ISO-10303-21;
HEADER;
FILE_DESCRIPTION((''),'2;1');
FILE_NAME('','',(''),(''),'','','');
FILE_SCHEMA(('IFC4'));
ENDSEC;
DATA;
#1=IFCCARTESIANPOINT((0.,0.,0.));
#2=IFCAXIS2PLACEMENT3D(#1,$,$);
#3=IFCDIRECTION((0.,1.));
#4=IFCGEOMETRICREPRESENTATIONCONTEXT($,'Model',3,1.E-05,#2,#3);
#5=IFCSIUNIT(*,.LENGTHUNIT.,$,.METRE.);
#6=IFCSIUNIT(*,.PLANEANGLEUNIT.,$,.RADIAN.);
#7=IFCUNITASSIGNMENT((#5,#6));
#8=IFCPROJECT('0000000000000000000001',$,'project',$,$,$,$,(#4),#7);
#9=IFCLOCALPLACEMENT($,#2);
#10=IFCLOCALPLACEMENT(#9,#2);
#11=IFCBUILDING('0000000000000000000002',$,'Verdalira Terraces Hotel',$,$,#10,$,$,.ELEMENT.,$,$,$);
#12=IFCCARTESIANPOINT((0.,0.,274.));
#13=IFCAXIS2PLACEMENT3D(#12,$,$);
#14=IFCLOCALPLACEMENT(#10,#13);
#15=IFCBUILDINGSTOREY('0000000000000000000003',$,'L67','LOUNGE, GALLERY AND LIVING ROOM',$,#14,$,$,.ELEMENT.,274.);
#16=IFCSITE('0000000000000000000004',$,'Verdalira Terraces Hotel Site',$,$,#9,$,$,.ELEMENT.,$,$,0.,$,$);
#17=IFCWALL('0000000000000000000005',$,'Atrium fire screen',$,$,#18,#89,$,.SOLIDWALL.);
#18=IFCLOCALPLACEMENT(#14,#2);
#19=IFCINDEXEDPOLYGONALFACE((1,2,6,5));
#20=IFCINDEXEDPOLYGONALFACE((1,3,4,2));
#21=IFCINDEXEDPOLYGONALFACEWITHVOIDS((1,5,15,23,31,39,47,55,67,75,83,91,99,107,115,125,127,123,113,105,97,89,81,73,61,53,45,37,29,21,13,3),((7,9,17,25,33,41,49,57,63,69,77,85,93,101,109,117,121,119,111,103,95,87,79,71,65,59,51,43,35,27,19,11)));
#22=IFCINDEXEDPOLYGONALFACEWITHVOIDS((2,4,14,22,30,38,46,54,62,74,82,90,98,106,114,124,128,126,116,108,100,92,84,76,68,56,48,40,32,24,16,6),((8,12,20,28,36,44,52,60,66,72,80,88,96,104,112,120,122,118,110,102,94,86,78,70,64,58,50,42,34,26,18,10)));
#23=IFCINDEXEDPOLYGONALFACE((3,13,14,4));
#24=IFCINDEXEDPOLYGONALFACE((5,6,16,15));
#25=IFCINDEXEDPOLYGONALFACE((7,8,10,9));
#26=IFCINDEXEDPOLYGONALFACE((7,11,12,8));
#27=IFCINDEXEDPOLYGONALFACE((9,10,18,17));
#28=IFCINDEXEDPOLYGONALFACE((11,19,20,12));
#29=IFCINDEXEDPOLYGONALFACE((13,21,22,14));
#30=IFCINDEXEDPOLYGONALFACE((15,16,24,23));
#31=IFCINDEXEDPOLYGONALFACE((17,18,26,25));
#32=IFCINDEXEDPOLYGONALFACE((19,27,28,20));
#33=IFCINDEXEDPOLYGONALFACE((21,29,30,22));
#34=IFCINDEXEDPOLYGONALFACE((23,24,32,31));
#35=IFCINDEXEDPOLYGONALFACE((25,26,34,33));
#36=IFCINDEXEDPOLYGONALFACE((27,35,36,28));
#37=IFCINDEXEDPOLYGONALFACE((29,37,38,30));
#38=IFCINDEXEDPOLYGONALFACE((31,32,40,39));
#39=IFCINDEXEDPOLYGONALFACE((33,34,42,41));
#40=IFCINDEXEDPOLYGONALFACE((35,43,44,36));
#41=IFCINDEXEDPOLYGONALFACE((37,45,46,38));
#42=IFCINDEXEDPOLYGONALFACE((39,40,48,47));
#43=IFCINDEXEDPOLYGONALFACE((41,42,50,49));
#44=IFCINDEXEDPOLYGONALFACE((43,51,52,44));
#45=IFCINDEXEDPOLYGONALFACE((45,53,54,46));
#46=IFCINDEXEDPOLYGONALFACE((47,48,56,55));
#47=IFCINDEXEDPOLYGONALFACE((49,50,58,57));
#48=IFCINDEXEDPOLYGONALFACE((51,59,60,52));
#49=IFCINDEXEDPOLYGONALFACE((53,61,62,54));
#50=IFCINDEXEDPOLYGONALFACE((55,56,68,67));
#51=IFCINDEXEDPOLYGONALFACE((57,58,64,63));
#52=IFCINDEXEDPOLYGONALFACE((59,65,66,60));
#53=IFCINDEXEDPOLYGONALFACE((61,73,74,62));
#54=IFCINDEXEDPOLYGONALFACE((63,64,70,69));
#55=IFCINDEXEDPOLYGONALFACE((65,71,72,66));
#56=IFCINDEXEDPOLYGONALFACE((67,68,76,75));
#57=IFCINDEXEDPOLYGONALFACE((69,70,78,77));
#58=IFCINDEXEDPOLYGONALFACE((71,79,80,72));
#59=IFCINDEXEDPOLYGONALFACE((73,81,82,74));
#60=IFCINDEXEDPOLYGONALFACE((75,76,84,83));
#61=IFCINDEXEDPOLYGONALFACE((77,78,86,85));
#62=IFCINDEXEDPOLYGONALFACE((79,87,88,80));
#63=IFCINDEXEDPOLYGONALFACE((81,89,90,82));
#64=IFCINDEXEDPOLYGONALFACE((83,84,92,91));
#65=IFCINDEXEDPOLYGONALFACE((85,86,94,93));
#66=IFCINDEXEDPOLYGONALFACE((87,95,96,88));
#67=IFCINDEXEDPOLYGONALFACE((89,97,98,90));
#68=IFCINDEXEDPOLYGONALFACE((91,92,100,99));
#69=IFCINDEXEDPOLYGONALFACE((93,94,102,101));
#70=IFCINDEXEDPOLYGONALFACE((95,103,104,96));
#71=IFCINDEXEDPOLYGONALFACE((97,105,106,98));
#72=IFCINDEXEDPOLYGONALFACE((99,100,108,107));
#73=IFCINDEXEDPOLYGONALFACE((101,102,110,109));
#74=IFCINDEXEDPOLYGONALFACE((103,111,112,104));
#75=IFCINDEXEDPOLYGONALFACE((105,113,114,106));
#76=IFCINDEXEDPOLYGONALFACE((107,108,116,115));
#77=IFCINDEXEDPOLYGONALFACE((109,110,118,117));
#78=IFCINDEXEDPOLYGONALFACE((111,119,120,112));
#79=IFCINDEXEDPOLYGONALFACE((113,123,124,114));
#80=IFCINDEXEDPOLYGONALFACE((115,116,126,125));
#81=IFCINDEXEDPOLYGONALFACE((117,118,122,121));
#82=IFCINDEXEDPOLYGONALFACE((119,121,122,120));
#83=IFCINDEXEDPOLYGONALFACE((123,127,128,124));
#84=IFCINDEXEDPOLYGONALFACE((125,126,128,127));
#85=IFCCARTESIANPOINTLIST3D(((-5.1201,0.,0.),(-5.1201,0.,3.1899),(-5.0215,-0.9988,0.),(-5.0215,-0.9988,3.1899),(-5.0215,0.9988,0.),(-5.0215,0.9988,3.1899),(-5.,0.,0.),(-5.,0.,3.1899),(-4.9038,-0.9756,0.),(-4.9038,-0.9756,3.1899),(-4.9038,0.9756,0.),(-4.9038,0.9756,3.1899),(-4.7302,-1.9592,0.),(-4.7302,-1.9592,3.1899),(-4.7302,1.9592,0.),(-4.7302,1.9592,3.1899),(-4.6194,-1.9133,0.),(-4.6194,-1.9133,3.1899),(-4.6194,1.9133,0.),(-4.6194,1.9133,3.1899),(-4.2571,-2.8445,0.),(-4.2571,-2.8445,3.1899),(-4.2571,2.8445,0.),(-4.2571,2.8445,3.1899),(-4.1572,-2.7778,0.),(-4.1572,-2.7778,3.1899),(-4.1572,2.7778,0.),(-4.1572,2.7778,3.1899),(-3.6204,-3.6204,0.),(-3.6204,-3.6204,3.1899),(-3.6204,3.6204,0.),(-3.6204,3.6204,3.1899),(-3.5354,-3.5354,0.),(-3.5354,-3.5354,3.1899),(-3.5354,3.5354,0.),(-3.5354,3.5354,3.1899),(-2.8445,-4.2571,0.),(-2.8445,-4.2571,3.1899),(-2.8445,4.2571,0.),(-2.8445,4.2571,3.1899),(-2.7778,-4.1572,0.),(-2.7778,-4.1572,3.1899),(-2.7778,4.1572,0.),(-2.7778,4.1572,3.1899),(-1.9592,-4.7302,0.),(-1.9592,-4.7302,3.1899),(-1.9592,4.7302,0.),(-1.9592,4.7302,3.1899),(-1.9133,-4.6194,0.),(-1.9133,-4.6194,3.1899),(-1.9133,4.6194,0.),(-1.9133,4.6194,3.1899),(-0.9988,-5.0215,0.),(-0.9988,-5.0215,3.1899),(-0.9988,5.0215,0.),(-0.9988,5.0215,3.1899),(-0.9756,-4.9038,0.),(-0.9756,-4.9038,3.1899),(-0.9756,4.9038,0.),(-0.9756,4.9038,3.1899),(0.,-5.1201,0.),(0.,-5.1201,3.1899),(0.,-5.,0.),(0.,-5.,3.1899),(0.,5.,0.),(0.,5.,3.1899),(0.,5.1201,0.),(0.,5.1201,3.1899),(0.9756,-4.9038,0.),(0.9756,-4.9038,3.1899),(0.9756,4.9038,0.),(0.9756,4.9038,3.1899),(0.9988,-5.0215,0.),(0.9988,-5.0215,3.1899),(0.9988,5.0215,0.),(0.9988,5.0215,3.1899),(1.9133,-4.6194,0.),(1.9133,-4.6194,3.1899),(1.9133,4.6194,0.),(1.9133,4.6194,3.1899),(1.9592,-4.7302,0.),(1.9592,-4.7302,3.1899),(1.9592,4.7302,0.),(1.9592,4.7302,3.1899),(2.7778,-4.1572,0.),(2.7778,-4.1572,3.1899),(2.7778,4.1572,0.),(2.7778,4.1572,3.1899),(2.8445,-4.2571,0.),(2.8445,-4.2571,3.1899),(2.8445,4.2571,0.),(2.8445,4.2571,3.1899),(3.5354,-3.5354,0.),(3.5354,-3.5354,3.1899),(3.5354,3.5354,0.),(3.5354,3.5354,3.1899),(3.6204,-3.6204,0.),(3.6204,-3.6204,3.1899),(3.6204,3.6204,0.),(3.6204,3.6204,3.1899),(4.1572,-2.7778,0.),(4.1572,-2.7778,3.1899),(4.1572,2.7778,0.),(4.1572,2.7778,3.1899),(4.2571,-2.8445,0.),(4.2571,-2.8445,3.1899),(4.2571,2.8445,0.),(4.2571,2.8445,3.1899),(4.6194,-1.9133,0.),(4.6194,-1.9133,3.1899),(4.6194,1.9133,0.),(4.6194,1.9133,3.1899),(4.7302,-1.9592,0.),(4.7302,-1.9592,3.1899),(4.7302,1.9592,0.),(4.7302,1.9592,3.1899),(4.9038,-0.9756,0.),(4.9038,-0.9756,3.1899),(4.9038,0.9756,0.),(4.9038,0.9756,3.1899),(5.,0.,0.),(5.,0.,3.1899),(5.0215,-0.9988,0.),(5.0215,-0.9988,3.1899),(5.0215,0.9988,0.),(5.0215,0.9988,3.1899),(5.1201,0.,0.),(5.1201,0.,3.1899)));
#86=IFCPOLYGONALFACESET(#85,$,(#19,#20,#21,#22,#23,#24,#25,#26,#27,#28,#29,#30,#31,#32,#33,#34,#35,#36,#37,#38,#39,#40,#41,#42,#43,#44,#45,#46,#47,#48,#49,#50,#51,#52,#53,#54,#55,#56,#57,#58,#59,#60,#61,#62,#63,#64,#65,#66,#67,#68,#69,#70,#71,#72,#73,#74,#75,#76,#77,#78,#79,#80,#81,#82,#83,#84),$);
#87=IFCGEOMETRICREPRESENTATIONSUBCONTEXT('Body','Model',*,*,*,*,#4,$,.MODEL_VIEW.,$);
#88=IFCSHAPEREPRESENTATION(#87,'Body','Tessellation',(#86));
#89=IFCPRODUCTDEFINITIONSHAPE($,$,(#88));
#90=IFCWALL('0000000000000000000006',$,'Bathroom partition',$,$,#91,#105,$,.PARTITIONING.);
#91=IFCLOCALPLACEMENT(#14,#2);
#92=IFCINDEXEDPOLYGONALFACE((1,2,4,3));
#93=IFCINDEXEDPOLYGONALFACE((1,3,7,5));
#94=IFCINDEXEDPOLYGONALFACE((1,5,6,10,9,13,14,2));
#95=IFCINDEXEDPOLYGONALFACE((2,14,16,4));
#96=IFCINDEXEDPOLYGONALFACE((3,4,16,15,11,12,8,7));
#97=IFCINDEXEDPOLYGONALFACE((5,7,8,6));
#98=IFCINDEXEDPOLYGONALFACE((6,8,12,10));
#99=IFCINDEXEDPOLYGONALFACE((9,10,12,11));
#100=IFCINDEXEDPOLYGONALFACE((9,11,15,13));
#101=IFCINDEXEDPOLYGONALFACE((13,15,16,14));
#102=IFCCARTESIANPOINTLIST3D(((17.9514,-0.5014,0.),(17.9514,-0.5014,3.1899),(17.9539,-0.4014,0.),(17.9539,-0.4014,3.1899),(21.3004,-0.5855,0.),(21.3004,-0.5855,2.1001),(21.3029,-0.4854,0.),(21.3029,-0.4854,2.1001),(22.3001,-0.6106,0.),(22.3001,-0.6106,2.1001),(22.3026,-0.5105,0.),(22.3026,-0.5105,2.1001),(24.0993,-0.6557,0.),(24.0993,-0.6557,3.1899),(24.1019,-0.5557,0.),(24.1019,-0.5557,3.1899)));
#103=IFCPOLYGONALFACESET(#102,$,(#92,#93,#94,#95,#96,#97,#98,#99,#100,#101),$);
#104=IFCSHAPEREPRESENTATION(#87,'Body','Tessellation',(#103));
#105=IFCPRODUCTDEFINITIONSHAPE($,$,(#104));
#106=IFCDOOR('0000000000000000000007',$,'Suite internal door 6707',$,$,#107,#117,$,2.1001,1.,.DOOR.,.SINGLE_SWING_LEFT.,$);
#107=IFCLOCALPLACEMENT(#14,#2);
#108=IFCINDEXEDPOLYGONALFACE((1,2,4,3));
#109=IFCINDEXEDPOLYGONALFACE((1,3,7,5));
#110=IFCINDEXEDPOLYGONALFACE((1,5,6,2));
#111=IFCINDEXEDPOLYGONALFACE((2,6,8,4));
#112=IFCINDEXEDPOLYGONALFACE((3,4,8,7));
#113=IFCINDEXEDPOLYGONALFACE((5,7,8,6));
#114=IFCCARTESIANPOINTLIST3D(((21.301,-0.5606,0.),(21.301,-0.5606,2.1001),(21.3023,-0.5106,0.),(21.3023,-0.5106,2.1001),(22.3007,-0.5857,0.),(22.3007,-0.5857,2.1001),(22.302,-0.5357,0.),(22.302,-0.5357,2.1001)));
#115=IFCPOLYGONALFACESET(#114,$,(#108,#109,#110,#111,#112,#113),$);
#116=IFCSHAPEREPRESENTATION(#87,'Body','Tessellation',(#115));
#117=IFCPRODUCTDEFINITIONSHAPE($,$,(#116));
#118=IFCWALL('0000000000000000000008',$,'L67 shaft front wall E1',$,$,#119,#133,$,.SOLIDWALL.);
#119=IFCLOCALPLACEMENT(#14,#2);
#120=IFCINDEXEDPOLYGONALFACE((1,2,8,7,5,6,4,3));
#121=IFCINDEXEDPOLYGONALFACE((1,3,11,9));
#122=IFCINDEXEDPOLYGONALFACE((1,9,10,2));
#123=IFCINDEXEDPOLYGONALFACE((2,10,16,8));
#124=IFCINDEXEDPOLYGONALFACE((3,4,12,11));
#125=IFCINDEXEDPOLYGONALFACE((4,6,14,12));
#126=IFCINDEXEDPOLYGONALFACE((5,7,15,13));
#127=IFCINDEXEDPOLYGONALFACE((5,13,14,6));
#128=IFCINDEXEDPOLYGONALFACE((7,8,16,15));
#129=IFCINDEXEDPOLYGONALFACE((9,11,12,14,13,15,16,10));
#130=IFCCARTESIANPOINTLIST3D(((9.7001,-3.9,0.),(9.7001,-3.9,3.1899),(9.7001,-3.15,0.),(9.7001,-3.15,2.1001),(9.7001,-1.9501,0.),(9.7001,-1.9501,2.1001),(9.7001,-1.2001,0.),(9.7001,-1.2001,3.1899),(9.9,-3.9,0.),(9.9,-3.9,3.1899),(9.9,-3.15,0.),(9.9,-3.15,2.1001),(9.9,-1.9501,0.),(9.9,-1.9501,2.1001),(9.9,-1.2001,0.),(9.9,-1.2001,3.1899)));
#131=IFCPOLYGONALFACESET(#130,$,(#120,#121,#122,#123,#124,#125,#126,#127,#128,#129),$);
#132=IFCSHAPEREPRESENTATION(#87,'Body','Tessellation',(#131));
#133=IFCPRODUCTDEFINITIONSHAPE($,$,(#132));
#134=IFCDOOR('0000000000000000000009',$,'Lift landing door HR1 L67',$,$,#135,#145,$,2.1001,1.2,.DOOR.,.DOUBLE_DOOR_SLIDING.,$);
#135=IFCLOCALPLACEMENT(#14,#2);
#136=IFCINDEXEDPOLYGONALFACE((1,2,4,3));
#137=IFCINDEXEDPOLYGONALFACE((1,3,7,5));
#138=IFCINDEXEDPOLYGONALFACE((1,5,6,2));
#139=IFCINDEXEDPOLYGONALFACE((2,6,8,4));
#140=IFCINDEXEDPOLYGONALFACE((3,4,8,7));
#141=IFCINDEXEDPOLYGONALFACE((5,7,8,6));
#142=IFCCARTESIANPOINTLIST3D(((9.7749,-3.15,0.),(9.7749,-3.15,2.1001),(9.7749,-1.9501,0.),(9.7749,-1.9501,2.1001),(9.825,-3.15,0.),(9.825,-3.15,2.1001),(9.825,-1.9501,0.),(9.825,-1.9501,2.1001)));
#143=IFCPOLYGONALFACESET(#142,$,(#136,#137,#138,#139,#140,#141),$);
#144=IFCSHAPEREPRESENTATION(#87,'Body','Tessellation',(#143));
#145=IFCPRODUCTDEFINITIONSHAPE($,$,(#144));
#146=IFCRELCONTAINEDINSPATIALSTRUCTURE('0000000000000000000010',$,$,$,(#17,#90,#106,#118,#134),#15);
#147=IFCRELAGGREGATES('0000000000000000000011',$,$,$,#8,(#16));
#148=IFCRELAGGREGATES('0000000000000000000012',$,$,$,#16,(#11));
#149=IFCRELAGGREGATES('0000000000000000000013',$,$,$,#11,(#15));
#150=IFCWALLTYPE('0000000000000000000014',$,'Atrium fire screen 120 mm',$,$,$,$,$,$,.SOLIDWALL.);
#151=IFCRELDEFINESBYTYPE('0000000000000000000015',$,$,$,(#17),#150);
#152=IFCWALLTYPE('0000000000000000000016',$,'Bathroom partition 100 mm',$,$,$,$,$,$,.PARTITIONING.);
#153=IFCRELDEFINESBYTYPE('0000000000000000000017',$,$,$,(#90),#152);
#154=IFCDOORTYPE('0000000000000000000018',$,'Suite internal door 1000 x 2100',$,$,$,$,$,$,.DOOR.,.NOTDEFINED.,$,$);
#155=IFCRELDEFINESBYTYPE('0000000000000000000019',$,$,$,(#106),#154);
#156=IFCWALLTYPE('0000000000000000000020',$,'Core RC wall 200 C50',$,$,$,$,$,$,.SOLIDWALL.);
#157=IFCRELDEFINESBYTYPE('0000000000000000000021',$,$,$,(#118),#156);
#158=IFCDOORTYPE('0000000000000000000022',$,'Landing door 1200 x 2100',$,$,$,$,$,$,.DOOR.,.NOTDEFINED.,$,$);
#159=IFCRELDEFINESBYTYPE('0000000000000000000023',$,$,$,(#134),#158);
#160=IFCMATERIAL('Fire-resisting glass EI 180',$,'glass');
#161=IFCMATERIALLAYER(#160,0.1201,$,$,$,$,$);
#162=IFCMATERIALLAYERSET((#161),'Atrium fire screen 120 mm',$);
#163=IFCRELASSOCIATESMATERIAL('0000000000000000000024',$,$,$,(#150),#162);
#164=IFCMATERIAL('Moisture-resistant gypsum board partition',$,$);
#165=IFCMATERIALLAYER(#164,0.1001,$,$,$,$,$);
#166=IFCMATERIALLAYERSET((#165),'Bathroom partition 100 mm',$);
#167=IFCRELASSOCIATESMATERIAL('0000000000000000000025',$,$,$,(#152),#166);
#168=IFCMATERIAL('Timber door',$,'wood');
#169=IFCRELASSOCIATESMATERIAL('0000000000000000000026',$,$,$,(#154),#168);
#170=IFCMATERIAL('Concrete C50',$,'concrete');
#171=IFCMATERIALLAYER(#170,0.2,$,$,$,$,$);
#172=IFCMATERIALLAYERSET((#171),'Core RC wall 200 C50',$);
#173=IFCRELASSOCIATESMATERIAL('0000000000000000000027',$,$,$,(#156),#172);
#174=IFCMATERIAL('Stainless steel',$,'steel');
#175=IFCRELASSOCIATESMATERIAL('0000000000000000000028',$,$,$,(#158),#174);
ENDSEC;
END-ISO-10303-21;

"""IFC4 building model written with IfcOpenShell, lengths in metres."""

from ifc_helpers import new_model, si_unit, direction, frame, frame_2d, origin, place, context, subcontext, project, spatial, polyline, rectangle, outline, extrude, material, layer, layer_set, type_object, element, fill, save


model = new_model("IFC4")

# Units and contexts
model_context = context("Model", 3, precision=1e-05, world=origin(), true_north=direction((0.0, 1.0)))
body_context = subcontext(model_context, "Body", "Model", "MODEL_VIEW")
ifc_project = project(units=[si_unit("LENGTHUNIT", "METRE"), si_unit("PLANEANGLEUNIT", "RADIAN")], contexts=[model_context])

# Site, building, storey
site_placement = place(None, origin())
site = spatial("IfcSite", under=ifc_project, at=site_placement, Name="Verdalira Terraces Hotel Site", CompositionType="ELEMENT", RefElevation=0.0)
building_placement = place(site_placement, origin())
building = spatial("IfcBuilding", under=site, at=building_placement, Name="Verdalira Terraces Hotel", CompositionType="ELEMENT")
storey_placement = place(building_placement, frame((0.0, 0.0, 274.0)))
storey = spatial("IfcBuildingStorey", under=building, at=storey_placement, Name="L67", Description="LOUNGE, GALLERY AND LIVING ROOM", CompositionType="ELEMENT", Elevation=274.0)

# Wall
ifc_material_1 = material(Name="Fire-resisting glass EI 180", Category="glass")
ifc_layer_1 = layer(ifc_material_1, 0.1201)
ifc_layer_set_1 = layer_set([ifc_layer_1], Name="Atrium fire screen 120 mm")
wall_type_1 = type_object("IfcWallType", Name="Atrium fire screen 120 mm", PredefinedType="SOLIDWALL", material=ifc_layer_set_1)
wall_1_placement = place(storey_placement, origin())
element("IfcWall", 1, at=wall_1_placement, inside=storey, type_object=wall_type_1, Name="Atrium fire screen", PredefinedType="SOLIDWALL", context=body_context, shape_type="SweptSolid", body=[
    extrude(outline(polyline([(5.0215, -0.9988), (4.7302, -1.9592), (4.2571, -2.8445), (3.6204, -3.6204), (2.8445, -4.2571), (1.9592, -4.7302), (0.9988, -5.0215), (0.0, -5.1201), (-0.9988, -5.0215), (-1.9592, -4.7302), (-2.8445, -4.2571), (-3.6204, -3.6204), (-4.2571, -2.8445), (-4.7302, -1.9592), (-5.0215, -0.9988), (-5.1201, 0.0), (-5.0215, 0.9988), (-4.7302, 1.9592), (-4.2571, 2.8445), (-3.6204, 3.6204), (-2.8445, 4.2571), (-1.9592, 4.7302), (-0.9988, 5.0215), (0.0, 5.1201), (0.9988, 5.0215), (1.9592, 4.7302), (2.8445, 4.2571), (3.6204, 3.6204), (4.2571, 2.8445), (4.7302, 1.9592), (5.0215, 0.9988), (5.1201, 0.0), (5.0215, -0.9988)]), holes=[polyline([(4.9038, 0.9756), (4.6194, 1.9133), (4.1572, 2.7778), (3.5354, 3.5354), (2.7778, 4.1572), (1.9133, 4.6194), (0.9756, 4.9038), (0.0, 5.0), (-0.9756, 4.9038), (-1.9133, 4.6194), (-2.7778, 4.1572), (-3.5354, 3.5354), (-4.1572, 2.7778), (-4.6194, 1.9133), (-4.9038, 0.9756), (-5.0, 0.0), (-4.9038, -0.9756), (-4.6194, -1.9133), (-4.1572, -2.7778), (-3.5354, -3.5354), (-2.7778, -4.1572), (-1.9133, -4.6194), (-0.9756, -4.9038), (0.0, -5.0), (0.9756, -4.9038), (1.9133, -4.6194), (2.7778, -4.1572), (3.5354, -3.5354), (4.1572, -2.7778), (4.6194, -1.9133), (4.9038, -0.9756), (5.0, 0.0), (4.9038, 0.9756)])]), origin(), (0.0, 0.0, 1.0), 3.1899),
])

# Walls, openings, doors
ifc_material_2 = material(Name="Moisture-resistant gypsum board partition")
ifc_layer_2 = layer(ifc_material_2, 0.1001)
ifc_layer_set_2 = layer_set([ifc_layer_2], Name="Bathroom partition 100 mm")
wall_type_2 = type_object("IfcWallType", Name="Bathroom partition 100 mm", PredefinedType="PARTITIONING", material=ifc_layer_set_2)
wall_2_placement = place(storey_placement, frame((17.9526, -0.4514, 0.0), z_axis=(0.0, 0.0, 1.0), x_axis=(0.999685, -0.025089, 0.0)))
wall_2 = element("IfcWall", 2, at=wall_2_placement, inside=storey, type_object=wall_type_2, Name="Bathroom partition", PredefinedType="PARTITIONING", context=body_context, shape_type="SweptSolid", body=[
    extrude(rectangle(XDim=6.1499, YDim=0.1001, at=frame_2d((3.075, 0.0))), origin(), (0.0, 0.0, 1.0), 3.1899),
])
opening_1_placement = place(wall_2_placement, frame((3.3501, 0.0, 0.0)))
opening_1 = element("IfcOpeningElement", 3, at=opening_1_placement, cuts=wall_2, PredefinedType="OPENING", context=body_context, shape_type="SweptSolid", body=[
    extrude(rectangle(XDim=1.0, YDim=2.1001, at=frame_2d((0.5, 1.05))), frame((0.0, 0.0601, 0.0), z_axis=(0.0, -1.0, 0.0), x_axis=(1.0, 0.0, 0.0)), (0.0, 0.0, 1.0), 0.1201),
])
ifc_material_3 = material(Name="Timber door", Category="wood")
door_type_1 = type_object("IfcDoorType", Name="Suite internal door 1000 x 2100", OperationType="NOTDEFINED", PredefinedType="DOOR", material=ifc_material_3)
door_1_placement = place(opening_1_placement, origin())
door_1 = element("IfcDoor", 4, at=door_1_placement, inside=storey, type_object=door_type_1, Name="Suite internal door 6707", OperationType="SINGLE_SWING_LEFT", OverallHeight=2.1001, OverallWidth=1.0, PredefinedType="DOOR", context=body_context, shape_type="SweptSolid", body=[
    extrude(rectangle(XDim=1.0, YDim=2.1001, at=frame_2d((0.5, 1.05))), frame((0.0, 0.0249, 0.0), z_axis=(0.0, -1.0, 0.0), x_axis=(1.0, 0.0, 0.0)), (0.0, 0.0, 1.0), 0.05),
])
fill(opening_1, door_1)
ifc_material_4 = material(Name="Concrete C50", Category="concrete")
ifc_layer_3 = layer(ifc_material_4, 0.2)
ifc_layer_set_3 = layer_set([ifc_layer_3], Name="Core RC wall 200 C50")
wall_type_3 = type_object("IfcWallType", Name="Core RC wall 200 C50", PredefinedType="SOLIDWALL", material=ifc_layer_set_3)
wall_3_placement = place(storey_placement, frame((9.8, -1.2, 0.0), z_axis=(0.0, 0.0, 1.0), x_axis=(0.0, -1.0, 0.0)))
wall_3 = element("IfcWall", 5, at=wall_3_placement, inside=storey, type_object=wall_type_3, Name="L67 shaft front wall E1", PredefinedType="SOLIDWALL", context=body_context, shape_type="SweptSolid", body=[
    extrude(rectangle(XDim=2.7, YDim=0.2, at=frame_2d((1.3501, 0.0))), origin(), (0.0, 0.0, 1.0), 3.1899),
])
opening_2_placement = place(wall_3_placement, frame((0.75, 0.0, 0.0)))
opening_2 = element("IfcOpeningElement", 6, at=opening_2_placement, cuts=wall_3, PredefinedType="OPENING", context=body_context, shape_type="SweptSolid", body=[
    extrude(rectangle(XDim=1.2, YDim=2.1001, at=frame_2d((0.6001, 1.05))), frame((0.0, 0.1099, 0.0), z_axis=(0.0, -1.0, 0.0), x_axis=(1.0, 0.0, 0.0)), (0.0, 0.0, 1.0), 0.22),
])
ifc_material_5 = material(Name="Stainless steel", Category="steel")
door_type_2 = type_object("IfcDoorType", Name="Landing door 1200 x 2100", OperationType="NOTDEFINED", PredefinedType="DOOR", material=ifc_material_5)
door_2_placement = place(opening_2_placement, origin())
door_2 = element("IfcDoor", 7, at=door_2_placement, inside=storey, type_object=door_type_2, Name="Lift landing door HR1 L67", OperationType="DOUBLE_DOOR_SLIDING", OverallHeight=2.1001, OverallWidth=1.2, PredefinedType="DOOR", context=body_context, shape_type="SweptSolid", body=[
    extrude(rectangle(XDim=1.2, YDim=2.1001, at=frame_2d((0.6001, 1.05))), frame((0.0, 0.0249, 0.0), z_axis=(0.0, -1.0, 0.0), x_axis=(1.0, 0.0, 0.0)), (0.0, 0.0, 1.0), 0.05),
])
fill(opening_2, door_2)

save(model, "model.ifc")
